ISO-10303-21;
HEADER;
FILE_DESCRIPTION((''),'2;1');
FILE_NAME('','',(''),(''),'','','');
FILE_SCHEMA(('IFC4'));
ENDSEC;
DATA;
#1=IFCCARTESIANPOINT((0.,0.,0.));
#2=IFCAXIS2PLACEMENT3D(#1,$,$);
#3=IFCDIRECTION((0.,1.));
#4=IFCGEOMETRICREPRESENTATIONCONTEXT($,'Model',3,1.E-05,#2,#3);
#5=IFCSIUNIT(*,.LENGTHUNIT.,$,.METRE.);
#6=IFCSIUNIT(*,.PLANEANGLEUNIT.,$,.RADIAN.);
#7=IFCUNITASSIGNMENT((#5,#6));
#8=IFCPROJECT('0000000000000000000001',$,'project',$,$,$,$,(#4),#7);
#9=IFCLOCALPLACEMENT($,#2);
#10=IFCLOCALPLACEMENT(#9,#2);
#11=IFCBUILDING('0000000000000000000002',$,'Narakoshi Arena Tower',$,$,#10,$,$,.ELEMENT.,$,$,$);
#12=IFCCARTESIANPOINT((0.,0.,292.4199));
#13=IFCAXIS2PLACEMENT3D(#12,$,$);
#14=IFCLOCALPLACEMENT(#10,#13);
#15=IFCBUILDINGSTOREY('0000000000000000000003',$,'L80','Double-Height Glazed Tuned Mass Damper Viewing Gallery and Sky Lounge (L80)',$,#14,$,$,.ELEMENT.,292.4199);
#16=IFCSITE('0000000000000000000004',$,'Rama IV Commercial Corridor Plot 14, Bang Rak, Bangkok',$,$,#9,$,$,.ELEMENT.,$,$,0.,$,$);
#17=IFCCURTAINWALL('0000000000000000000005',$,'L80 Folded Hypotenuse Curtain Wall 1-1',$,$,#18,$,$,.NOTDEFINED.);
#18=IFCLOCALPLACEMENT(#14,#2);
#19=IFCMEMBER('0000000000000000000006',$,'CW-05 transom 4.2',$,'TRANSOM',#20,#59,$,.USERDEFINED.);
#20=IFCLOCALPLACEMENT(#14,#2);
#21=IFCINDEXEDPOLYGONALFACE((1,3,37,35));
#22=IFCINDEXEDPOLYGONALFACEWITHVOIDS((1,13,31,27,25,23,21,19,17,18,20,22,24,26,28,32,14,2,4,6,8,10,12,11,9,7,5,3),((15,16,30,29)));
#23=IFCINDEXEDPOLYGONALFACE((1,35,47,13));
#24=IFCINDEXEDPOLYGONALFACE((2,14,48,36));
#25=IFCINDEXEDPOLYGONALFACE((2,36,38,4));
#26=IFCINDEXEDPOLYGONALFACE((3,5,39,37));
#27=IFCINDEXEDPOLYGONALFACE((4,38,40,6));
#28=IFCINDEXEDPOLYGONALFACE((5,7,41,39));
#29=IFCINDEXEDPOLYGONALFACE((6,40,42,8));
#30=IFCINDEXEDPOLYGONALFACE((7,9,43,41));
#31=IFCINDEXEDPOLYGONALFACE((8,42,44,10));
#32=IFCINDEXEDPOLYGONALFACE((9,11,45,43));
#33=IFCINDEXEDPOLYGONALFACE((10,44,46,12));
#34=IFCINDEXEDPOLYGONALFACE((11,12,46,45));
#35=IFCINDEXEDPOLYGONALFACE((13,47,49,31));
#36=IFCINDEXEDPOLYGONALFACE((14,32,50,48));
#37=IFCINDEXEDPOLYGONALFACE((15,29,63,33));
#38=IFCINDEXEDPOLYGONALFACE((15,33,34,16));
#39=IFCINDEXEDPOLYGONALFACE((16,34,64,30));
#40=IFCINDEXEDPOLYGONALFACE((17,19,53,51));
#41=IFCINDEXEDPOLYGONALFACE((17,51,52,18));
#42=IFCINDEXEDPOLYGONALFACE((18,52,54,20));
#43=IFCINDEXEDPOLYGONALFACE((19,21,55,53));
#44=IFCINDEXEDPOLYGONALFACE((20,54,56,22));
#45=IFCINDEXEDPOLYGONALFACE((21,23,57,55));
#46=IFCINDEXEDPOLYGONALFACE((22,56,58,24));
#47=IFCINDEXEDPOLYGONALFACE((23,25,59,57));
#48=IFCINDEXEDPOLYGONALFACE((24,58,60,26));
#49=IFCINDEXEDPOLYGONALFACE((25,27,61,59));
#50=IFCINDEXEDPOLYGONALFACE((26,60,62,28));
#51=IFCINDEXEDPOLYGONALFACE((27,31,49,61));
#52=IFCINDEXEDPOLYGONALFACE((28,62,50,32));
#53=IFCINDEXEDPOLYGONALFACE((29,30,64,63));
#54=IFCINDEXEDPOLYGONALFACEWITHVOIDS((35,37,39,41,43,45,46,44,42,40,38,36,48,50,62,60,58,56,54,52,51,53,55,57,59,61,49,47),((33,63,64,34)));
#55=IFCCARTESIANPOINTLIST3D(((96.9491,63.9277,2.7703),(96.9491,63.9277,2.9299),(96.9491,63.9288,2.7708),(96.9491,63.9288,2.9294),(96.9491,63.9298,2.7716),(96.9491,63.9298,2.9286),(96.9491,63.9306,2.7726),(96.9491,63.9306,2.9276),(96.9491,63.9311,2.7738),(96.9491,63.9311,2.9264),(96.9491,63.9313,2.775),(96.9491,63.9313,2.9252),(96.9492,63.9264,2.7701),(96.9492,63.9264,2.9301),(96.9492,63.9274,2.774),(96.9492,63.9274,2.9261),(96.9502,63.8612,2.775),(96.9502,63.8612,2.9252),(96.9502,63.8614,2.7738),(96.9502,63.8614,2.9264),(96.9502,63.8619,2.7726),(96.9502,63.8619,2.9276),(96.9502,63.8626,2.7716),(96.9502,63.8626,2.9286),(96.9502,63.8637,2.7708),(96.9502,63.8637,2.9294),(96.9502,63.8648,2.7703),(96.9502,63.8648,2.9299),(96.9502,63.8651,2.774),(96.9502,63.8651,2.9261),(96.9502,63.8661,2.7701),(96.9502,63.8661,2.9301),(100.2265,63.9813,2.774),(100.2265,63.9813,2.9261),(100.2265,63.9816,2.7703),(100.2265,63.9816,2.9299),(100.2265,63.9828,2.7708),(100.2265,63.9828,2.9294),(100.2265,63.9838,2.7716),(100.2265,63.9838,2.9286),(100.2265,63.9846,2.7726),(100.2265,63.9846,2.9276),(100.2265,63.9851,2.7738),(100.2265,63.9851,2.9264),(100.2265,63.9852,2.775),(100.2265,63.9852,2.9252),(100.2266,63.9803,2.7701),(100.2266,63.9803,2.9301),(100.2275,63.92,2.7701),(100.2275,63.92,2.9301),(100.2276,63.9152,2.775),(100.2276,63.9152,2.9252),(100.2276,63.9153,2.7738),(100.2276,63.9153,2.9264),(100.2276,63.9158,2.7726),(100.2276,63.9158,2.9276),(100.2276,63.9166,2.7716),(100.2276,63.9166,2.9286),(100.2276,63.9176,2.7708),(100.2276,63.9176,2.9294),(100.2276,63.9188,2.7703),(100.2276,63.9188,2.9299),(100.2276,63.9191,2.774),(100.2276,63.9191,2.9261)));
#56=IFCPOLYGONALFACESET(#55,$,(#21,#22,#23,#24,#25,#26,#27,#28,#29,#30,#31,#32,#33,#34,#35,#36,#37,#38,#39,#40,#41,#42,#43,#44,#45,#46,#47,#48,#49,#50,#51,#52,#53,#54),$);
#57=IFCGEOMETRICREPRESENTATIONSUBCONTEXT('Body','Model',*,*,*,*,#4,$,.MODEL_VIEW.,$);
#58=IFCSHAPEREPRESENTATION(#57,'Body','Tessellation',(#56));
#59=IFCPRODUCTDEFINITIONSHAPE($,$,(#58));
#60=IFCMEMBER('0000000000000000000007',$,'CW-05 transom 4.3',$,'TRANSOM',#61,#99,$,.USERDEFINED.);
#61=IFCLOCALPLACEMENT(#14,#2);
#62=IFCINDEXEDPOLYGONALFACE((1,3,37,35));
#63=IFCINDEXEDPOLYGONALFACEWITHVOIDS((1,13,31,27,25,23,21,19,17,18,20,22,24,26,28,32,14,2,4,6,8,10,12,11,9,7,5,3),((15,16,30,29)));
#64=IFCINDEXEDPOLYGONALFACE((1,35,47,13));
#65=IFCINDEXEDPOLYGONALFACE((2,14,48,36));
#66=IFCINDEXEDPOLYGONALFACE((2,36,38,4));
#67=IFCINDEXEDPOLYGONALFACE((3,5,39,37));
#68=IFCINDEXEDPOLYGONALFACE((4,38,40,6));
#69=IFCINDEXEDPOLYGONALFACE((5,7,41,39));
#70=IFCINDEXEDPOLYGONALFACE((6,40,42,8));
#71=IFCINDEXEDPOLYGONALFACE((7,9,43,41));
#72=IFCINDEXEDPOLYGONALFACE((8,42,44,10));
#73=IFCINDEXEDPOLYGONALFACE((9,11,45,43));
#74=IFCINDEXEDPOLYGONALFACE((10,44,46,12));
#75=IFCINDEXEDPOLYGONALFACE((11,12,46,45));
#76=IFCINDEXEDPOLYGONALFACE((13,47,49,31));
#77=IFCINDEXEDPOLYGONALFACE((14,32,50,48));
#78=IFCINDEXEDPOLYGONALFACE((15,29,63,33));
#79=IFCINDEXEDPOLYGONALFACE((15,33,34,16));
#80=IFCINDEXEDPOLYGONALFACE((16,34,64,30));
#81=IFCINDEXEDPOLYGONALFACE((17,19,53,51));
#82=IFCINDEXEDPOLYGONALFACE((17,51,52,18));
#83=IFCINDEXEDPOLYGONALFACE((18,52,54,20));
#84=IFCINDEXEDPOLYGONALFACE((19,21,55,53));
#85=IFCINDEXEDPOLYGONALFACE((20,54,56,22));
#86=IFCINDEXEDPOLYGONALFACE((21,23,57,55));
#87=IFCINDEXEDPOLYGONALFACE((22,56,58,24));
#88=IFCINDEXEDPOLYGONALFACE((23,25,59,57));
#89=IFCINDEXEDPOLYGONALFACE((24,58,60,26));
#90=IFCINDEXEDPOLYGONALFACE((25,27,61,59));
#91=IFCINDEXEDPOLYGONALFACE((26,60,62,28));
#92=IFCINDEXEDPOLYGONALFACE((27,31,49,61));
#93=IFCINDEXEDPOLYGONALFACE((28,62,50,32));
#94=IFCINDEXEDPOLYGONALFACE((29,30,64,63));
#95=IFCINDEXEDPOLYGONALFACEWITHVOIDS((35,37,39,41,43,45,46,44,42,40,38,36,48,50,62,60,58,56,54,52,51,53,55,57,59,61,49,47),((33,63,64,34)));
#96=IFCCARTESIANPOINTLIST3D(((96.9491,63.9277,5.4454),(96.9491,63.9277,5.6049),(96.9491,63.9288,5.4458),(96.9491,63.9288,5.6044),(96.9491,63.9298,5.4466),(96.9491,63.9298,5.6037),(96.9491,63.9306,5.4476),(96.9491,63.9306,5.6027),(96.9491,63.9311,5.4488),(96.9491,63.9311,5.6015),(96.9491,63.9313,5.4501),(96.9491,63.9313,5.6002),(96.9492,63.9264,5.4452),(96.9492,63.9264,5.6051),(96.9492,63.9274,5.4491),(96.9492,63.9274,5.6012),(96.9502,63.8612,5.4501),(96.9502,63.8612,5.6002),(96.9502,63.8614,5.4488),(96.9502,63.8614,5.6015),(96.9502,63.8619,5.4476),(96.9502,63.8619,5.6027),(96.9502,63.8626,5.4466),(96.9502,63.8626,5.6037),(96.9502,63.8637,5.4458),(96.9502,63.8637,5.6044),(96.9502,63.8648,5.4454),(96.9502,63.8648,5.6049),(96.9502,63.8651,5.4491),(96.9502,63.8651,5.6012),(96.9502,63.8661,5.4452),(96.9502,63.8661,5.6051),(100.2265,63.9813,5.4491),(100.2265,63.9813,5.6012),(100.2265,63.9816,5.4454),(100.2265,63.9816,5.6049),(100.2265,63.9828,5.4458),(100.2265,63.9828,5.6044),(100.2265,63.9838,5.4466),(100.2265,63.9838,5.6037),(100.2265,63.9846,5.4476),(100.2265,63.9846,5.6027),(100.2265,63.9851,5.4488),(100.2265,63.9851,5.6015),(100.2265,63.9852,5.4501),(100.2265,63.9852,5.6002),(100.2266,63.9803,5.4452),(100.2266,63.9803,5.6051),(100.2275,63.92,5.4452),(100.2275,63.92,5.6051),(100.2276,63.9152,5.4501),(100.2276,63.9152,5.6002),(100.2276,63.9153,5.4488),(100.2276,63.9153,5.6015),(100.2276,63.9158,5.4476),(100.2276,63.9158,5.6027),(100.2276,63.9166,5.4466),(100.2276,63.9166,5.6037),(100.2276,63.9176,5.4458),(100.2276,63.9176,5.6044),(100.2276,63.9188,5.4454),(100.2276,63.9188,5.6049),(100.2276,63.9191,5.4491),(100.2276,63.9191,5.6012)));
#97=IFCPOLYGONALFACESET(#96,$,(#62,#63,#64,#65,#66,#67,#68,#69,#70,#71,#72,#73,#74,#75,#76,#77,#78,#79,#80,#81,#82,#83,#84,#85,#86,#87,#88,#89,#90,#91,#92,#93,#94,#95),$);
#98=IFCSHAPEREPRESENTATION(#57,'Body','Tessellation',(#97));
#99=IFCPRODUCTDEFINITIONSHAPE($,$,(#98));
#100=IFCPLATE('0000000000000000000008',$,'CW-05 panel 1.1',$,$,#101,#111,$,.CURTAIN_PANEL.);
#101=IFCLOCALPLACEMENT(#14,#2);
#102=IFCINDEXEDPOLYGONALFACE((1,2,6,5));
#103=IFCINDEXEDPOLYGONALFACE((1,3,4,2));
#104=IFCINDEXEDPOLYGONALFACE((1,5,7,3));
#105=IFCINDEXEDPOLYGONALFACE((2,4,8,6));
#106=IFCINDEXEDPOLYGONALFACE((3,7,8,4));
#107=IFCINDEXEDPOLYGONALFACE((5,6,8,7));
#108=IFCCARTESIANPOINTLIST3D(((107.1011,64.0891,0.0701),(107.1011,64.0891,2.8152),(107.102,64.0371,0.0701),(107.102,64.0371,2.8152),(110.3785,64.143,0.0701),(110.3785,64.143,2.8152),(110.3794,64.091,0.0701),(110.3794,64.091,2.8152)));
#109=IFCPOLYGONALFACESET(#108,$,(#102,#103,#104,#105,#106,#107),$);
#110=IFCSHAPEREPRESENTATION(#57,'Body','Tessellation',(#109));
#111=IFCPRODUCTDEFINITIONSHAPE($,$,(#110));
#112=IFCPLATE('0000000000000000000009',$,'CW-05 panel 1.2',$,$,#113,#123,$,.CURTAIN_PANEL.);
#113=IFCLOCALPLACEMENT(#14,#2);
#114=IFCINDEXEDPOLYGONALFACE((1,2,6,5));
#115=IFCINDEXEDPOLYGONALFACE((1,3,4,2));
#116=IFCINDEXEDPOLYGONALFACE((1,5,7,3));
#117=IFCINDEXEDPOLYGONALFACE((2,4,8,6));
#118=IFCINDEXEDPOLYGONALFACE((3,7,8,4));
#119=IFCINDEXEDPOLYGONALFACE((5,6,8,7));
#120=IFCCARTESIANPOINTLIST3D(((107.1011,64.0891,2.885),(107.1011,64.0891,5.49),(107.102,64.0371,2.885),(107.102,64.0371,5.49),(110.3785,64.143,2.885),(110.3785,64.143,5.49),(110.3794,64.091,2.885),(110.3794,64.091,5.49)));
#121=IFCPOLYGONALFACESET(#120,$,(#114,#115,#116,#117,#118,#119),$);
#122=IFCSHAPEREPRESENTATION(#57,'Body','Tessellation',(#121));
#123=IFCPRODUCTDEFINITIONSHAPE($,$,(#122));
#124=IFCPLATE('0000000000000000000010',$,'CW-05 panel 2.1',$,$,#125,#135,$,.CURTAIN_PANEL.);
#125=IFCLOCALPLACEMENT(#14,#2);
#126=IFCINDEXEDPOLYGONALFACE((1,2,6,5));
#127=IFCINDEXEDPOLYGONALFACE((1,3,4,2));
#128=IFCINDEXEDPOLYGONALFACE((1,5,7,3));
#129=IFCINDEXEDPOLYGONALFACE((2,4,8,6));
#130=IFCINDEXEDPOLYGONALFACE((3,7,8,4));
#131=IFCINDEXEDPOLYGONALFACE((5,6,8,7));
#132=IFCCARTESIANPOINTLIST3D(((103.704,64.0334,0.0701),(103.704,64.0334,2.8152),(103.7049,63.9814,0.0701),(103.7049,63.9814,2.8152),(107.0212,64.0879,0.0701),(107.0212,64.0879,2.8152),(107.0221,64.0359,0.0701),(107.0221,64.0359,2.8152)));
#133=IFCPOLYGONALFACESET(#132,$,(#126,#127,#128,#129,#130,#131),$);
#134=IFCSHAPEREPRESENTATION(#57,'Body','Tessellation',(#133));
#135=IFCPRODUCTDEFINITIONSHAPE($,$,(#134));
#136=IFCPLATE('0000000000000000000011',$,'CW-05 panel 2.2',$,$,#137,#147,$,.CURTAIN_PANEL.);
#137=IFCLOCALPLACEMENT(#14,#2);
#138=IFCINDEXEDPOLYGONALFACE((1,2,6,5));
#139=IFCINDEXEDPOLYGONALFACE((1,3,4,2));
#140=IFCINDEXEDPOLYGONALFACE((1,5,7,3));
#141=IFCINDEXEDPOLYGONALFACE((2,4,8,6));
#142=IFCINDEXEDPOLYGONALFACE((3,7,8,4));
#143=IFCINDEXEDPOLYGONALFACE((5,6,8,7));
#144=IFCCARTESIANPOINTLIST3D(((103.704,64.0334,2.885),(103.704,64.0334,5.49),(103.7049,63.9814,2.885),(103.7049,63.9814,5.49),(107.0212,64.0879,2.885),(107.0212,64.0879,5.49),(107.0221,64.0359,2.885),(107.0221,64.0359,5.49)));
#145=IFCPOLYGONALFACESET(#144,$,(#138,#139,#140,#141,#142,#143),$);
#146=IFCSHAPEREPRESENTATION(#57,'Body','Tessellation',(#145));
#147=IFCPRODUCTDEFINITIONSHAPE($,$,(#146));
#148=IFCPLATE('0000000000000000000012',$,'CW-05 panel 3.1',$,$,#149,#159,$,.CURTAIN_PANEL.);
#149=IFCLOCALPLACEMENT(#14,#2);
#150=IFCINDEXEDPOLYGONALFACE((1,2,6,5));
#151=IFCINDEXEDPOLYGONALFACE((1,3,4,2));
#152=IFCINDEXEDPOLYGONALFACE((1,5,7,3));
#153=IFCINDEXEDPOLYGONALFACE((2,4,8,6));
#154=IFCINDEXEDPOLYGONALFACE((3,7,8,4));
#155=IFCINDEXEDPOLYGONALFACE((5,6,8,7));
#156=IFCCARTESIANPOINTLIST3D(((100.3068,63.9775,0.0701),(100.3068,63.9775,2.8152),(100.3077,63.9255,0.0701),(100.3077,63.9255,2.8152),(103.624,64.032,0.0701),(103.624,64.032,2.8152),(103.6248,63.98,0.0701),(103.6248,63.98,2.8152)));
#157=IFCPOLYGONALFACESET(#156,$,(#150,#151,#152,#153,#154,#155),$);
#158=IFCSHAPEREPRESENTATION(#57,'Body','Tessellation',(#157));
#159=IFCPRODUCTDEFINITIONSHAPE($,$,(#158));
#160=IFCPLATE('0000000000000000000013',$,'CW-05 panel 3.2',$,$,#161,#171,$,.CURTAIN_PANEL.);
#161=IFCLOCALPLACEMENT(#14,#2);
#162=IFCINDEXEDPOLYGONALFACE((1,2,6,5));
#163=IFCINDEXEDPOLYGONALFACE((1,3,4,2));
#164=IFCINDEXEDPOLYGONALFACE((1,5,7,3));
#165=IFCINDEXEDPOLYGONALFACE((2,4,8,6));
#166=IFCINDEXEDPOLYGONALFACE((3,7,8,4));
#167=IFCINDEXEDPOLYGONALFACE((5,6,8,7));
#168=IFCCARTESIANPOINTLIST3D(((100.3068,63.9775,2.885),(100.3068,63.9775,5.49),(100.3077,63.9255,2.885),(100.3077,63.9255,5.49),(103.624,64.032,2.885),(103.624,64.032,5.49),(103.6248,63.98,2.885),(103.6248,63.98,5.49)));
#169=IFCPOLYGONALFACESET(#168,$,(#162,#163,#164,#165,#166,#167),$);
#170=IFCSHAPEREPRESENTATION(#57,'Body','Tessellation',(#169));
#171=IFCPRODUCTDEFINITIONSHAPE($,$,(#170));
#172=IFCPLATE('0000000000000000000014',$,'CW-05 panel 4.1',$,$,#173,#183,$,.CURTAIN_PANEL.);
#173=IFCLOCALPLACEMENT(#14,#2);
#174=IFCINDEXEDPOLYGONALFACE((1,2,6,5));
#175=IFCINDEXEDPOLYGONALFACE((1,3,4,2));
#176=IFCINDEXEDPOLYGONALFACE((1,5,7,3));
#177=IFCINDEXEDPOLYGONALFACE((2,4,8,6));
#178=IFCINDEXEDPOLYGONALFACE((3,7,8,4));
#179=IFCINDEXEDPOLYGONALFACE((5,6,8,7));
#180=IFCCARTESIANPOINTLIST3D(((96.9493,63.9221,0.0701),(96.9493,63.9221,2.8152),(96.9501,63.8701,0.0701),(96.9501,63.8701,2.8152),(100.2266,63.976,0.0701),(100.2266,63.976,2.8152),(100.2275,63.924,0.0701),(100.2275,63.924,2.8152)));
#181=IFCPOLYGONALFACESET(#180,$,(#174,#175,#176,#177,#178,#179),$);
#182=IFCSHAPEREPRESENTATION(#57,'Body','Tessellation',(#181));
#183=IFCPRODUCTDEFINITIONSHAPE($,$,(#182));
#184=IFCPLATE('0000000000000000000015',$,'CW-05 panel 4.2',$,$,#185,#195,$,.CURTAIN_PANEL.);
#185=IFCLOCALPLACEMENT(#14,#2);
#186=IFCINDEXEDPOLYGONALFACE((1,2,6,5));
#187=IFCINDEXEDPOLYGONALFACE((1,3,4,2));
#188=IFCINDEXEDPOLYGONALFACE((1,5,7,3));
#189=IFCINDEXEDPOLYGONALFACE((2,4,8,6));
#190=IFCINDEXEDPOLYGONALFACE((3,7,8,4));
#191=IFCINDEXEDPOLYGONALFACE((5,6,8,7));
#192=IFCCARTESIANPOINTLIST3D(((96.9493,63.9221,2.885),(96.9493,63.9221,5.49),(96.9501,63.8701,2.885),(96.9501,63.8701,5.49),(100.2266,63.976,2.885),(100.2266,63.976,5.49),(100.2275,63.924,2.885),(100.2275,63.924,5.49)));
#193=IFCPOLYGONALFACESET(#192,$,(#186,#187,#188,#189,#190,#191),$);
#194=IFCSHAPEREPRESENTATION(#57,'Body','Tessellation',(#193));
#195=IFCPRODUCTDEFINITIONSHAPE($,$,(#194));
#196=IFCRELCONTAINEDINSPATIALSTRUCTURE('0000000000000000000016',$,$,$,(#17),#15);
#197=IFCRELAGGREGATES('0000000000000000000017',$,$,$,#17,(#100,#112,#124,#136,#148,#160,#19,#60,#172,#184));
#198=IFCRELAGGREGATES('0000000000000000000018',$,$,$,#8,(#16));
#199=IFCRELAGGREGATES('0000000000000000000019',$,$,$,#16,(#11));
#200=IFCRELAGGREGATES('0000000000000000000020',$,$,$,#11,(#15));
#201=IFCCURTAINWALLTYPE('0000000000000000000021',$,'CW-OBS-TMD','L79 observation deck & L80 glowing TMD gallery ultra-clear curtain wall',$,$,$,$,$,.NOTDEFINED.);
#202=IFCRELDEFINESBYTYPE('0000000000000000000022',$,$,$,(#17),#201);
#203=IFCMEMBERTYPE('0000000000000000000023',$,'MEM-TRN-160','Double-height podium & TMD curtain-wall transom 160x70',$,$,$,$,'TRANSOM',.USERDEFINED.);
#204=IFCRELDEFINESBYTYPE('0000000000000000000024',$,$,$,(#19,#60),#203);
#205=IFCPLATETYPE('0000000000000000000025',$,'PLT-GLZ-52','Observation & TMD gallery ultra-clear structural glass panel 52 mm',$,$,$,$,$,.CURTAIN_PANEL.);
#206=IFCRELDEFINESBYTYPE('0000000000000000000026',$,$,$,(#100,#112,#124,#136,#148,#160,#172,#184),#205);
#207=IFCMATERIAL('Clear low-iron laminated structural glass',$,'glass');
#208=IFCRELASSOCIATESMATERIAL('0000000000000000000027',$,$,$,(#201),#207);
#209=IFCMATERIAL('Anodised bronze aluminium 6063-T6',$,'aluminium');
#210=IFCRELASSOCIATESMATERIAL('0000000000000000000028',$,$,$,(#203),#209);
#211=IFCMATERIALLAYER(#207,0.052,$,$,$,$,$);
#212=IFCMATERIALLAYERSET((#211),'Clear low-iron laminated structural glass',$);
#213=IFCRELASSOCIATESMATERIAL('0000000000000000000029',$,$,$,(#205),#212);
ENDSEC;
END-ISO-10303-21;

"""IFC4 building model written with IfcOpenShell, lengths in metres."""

from ifc_helpers import new_model, si_unit, direction, frame, origin, origin_2d, place, context, subcontext, project, spatial, rectangle, hollow_rectangle, extrude, material, layer, layer_set, material_profile, profile_set, type_object, element, aggregate, save


model = new_model("IFC4")

# Units and contexts
model_context = context("Model", 3, precision=1e-05, world=origin(), true_north=direction((0.0, 1.0)))
body_context = subcontext(model_context, "Body", "Model", "MODEL_VIEW")
ifc_project = project(units=[si_unit("LENGTHUNIT", "METRE"), si_unit("PLANEANGLEUNIT", "RADIAN")], contexts=[model_context])

# Site, building, storey
site_placement = place(None, origin())
site = spatial("IfcSite", under=ifc_project, at=site_placement, Name="Rama IV Commercial Corridor Plot 14, Bang Rak, Bangkok", CompositionType="ELEMENT", RefElevation=0.0)
building_placement = place(site_placement, origin())
building = spatial("IfcBuilding", under=site, at=building_placement, Name="Narakoshi Arena Tower", CompositionType="ELEMENT")
storey_placement = place(building_placement, frame((0.0, 0.0, 292.4199)))
storey = spatial("IfcBuildingStorey", under=building, at=storey_placement, Name="L80", Description="Double-Height Glazed Tuned Mass Damper Viewing Gallery and Sky Lounge (L80)", CompositionType="ELEMENT", Elevation=292.4199)

# Curtain wall
ifc_material_1 = material(Name="Clear low-iron laminated structural glass", Category="glass")
curtain_wall_type = type_object("IfcCurtainWallType", Name="CW-OBS-TMD", Description="L79 observation deck & L80 glowing TMD gallery ultra-clear curtain wall", PredefinedType="NOTDEFINED", material=ifc_material_1)
curtain_wall_placement = place(storey_placement, origin())
curtain_wall = element("IfcCurtainWall", 1, at=curtain_wall_placement, inside=storey, type_object=curtain_wall_type, Name="L80 Folded Hypotenuse Curtain Wall 1-1", PredefinedType="NOTDEFINED")
ifc_material_2 = material(Name="Anodised bronze aluminium 6063-T6", Category="aluminium")

# Members
ifc_material_profile_1 = material_profile(ifc_material_2, hollow_rectangle(XDim=0.0701, YDim=0.1599, WallThickness=0.0039, OuterFilletRadius=0.0049, at=origin_2d()), Name="TRN160x70x4")
ifc_profile_set_1 = profile_set([ifc_material_profile_1], Name="Anodised bronze aluminium 6063-T6")
member_type_1 = type_object("IfcMemberType", Name="MEM-TRN-160", Description="Double-height podium & TMD curtain-wall transom 160x70", ElementType="TRANSOM", PredefinedType="USERDEFINED", material=ifc_profile_set_1)
member_1_placement = place(storey_placement, frame((100.2271, 63.9502, 2.8501), z_axis=(-0.999865, -0.016461, 0.0), x_axis=(0.016461, -0.999865, 0.0)))
member_1 = element("IfcMember", 2, at=member_1_placement, type_object=member_type_1, Name="CW-05 transom 4.2", ObjectType="TRANSOM", PredefinedType="USERDEFINED", context=body_context, shape_type="SweptSolid", body=[
    extrude(hollow_rectangle(XDim=0.0701, YDim=0.1599, WallThickness=0.0039, OuterFilletRadius=0.0049, at=origin_2d()), origin(), (0.0, 0.0, 1.0), 3.2778),
])
member_2_placement = place(storey_placement, frame((100.2271, 63.9502, 5.5251), z_axis=(-0.999865, -0.016461, 0.0), x_axis=(0.016461, -0.999865, 0.0)))
member_2 = element("IfcMember", 3, at=member_2_placement, type_object=member_type_1, Name="CW-05 transom 4.3", ObjectType="TRANSOM", PredefinedType="USERDEFINED", context=body_context, shape_type="SweptSolid", body=[
    extrude(hollow_rectangle(XDim=0.0701, YDim=0.1599, WallThickness=0.0039, OuterFilletRadius=0.0049, at=origin_2d()), origin(), (0.0, 0.0, 1.0), 3.2778),
])

# Plates
ifc_layer_1 = layer(ifc_material_1, 0.052)
ifc_layer_set_1 = layer_set([ifc_layer_1], Name="Clear low-iron laminated structural glass")
plate_type = type_object("IfcPlateType", Name="PLT-GLZ-52", Description="Observation & TMD gallery ultra-clear structural glass panel 52 mm", PredefinedType="CURTAIN_PANEL", material=ifc_layer_set_1)
plate_1_placement = place(storey_placement, frame((108.7402, 64.0901, 0.0701), z_axis=(0.0, 0.0, 1.0), x_axis=(-0.999865, -0.016445, 0.0)))
plate_1 = element("IfcPlate", 4, at=plate_1_placement, type_object=plate_type, Name="CW-05 panel 1.1", PredefinedType="CURTAIN_PANEL", context=body_context, shape_type="SweptSolid", body=[
    extrude(rectangle(XDim=3.2778, YDim=0.052, at=origin_2d()), origin(), (0.0, 0.0, 1.0), 2.7451),
])
plate_2_placement = place(storey_placement, frame((108.7402, 64.0901, 2.885), z_axis=(0.0, 0.0, 1.0), x_axis=(-0.999865, -0.016445, 0.0)))
plate_2 = element("IfcPlate", 5, at=plate_2_placement, type_object=plate_type, Name="CW-05 panel 1.2", PredefinedType="CURTAIN_PANEL", context=body_context, shape_type="SweptSolid", body=[
    extrude(rectangle(XDim=3.2778, YDim=0.052, at=origin_2d()), origin(), (0.0, 0.0, 1.0), 2.605),
])
plate_3_placement = place(storey_placement, frame((105.363, 64.0347, 0.0701), z_axis=(0.0, 0.0, 1.0), x_axis=(-0.999865, -0.016445, 0.0)))
plate_3 = element("IfcPlate", 6, at=plate_3_placement, type_object=plate_type, Name="CW-05 panel 2.1", PredefinedType="CURTAIN_PANEL", context=body_context, shape_type="SweptSolid", body=[
    extrude(rectangle(XDim=3.3176, YDim=0.052, at=origin_2d()), origin(), (0.0, 0.0, 1.0), 2.7451),
])
plate_4_placement = place(storey_placement, frame((105.363, 64.0347, 2.885), z_axis=(0.0, 0.0, 1.0), x_axis=(-0.999865, -0.016445, 0.0)))
plate_4 = element("IfcPlate", 7, at=plate_4_placement, type_object=plate_type, Name="CW-05 panel 2.2", PredefinedType="CURTAIN_PANEL", context=body_context, shape_type="SweptSolid", body=[
    extrude(rectangle(XDim=3.3176, YDim=0.052, at=origin_2d()), origin(), (0.0, 0.0, 1.0), 2.605),
])
plate_5_placement = place(storey_placement, frame((101.9658, 63.9788, 0.0701), z_axis=(0.0, 0.0, 1.0), x_axis=(-0.999865, -0.016445, 0.0)))
plate_5 = element("IfcPlate", 8, at=plate_5_placement, type_object=plate_type, Name="CW-05 panel 3.1", PredefinedType="CURTAIN_PANEL", context=body_context, shape_type="SweptSolid", body=[
    extrude(rectangle(XDim=3.3176, YDim=0.052, at=origin_2d()), origin(), (0.0, 0.0, 1.0), 2.7451),
])
plate_6_placement = place(storey_placement, frame((101.9658, 63.9788, 2.885), z_axis=(0.0, 0.0, 1.0), x_axis=(-0.999865, -0.016445, 0.0)))
plate_6 = element("IfcPlate", 9, at=plate_6_placement, type_object=plate_type, Name="CW-05 panel 3.2", PredefinedType="CURTAIN_PANEL", context=body_context, shape_type="SweptSolid", body=[
    extrude(rectangle(XDim=3.3176, YDim=0.052, at=origin_2d()), origin(), (0.0, 0.0, 1.0), 2.605),
])
plate_7_placement = place(storey_placement, frame((98.5884, 63.9231, 0.0701), z_axis=(0.0, 0.0, 1.0), x_axis=(-0.999865, -0.016445, 0.0)))
plate_7 = element("IfcPlate", 10, at=plate_7_placement, type_object=plate_type, Name="CW-05 panel 4.1", PredefinedType="CURTAIN_PANEL", context=body_context, shape_type="SweptSolid", body=[
    extrude(rectangle(XDim=3.2778, YDim=0.052, at=origin_2d()), origin(), (0.0, 0.0, 1.0), 2.7451),
])
plate_8_placement = place(storey_placement, frame((98.5884, 63.9231, 2.885), z_axis=(0.0, 0.0, 1.0), x_axis=(-0.999865, -0.016445, 0.0)))
plate_8 = element("IfcPlate", 11, at=plate_8_placement, type_object=plate_type, Name="CW-05 panel 4.2", PredefinedType="CURTAIN_PANEL", context=body_context, shape_type="SweptSolid", body=[
    extrude(rectangle(XDim=3.2778, YDim=0.052, at=origin_2d()), origin(), (0.0, 0.0, 1.0), 2.605),
])
aggregate(curtain_wall, [plate_1, plate_2, plate_3, plate_4, plate_5, plate_6, member_1, member_2, plate_7, plate_8])

save(model, "model.ifc")
